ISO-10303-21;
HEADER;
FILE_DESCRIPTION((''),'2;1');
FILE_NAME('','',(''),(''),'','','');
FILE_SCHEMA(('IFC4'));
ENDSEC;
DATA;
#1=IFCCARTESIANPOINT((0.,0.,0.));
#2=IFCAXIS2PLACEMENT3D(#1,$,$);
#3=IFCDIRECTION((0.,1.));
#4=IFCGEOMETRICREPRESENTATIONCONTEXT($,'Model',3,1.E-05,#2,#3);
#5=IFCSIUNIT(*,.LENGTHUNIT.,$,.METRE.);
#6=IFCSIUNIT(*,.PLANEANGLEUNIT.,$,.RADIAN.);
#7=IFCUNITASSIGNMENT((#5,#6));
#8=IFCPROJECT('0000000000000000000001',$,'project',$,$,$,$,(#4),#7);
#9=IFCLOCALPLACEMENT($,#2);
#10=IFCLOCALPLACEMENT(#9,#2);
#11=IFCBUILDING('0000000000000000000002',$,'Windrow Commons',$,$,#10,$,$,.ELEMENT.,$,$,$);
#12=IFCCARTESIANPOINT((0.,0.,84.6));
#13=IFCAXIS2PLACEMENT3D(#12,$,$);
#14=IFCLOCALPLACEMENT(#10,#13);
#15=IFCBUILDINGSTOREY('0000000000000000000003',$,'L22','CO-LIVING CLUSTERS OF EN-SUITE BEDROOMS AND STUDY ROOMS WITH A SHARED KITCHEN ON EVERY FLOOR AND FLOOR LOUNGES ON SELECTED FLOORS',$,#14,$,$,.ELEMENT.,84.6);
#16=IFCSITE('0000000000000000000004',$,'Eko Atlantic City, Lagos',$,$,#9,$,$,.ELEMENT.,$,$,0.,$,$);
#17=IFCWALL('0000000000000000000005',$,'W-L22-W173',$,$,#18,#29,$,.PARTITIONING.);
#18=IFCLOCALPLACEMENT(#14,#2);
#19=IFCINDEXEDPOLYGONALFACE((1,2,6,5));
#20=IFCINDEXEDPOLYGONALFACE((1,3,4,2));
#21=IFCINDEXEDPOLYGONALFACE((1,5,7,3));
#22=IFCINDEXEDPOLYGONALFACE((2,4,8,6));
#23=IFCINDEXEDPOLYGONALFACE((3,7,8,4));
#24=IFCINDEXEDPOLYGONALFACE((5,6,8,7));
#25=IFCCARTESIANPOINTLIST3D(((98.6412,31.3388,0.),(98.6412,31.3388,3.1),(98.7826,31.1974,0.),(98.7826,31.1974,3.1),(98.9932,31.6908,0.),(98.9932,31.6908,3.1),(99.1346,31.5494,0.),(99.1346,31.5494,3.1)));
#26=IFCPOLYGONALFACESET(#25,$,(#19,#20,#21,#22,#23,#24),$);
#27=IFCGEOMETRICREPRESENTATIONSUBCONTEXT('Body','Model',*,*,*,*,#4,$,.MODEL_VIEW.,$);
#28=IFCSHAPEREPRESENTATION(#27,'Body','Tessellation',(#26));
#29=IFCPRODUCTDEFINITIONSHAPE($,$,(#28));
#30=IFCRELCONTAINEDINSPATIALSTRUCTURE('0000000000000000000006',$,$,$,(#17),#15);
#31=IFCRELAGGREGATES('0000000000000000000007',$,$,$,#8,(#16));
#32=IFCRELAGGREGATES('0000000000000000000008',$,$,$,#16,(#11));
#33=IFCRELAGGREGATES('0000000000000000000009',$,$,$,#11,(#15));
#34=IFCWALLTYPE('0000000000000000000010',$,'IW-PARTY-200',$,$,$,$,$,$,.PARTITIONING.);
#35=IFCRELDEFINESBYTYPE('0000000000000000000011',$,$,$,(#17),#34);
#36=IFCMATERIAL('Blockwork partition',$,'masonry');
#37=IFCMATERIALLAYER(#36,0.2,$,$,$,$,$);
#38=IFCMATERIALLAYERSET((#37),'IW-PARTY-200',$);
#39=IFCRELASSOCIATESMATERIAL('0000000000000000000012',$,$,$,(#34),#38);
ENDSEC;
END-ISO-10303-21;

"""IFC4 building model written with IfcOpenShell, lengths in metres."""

from ifc_helpers import new_model, si_unit, direction, frame, frame_2d, origin, place, context, subcontext, project, spatial, rectangle, extrude, material, layer, layer_set, type_object, element, save


model = new_model("IFC4")

# Units and contexts
model_context = context("Model", 3, precision=1e-05, world=origin(), true_north=direction((0.0, 1.0)))
body_context = subcontext(model_context, "Body", "Model", "MODEL_VIEW")
ifc_project = project(units=[si_unit("LENGTHUNIT", "METRE"), si_unit("PLANEANGLEUNIT", "RADIAN")], contexts=[model_context])

# Site, building, storey
site_placement = place(None, origin())
site = spatial("IfcSite", under=ifc_project, at=site_placement, Name="Eko Atlantic City, Lagos", CompositionType="ELEMENT", RefElevation=0.0)
building_placement = place(site_placement, origin())
building = spatial("IfcBuilding", under=site, at=building_placement, Name="Windrow Commons", CompositionType="ELEMENT")
storey_placement = place(building_placement, frame((0.0, 0.0, 84.6)))
storey = spatial("IfcBuildingStorey", under=building, at=storey_placement, Name="L22", Description="CO-LIVING CLUSTERS OF EN-SUITE BEDROOMS AND STUDY ROOMS WITH A SHARED KITCHEN ON EVERY FLOOR AND FLOOR LOUNGES ON SELECTED FLOORS", CompositionType="ELEMENT", Elevation=84.6)

# Wall
ifc_material_1 = material(Name="Blockwork partition", Category="masonry")
ifc_layer_1 = layer(ifc_material_1, 0.2)
ifc_layer_set_1 = layer_set([ifc_layer_1], Name="IW-PARTY-200")
wall_type_1 = type_object("IfcWallType", Name="IW-PARTY-200", PredefinedType="PARTITIONING", material=ifc_layer_set_1)
wall_1_placement = place(storey_placement, frame((98.7119, 31.2681, 0.0), z_axis=(0.0, 0.0, 1.0), x_axis=(0.707107, 0.707107, 0.0)))
element("IfcWall", 1, at=wall_1_placement, inside=storey, type_object=wall_type_1, Name="W-L22-W173", PredefinedType="PARTITIONING", context=body_context, shape_type="SweptSolid", body=[
    extrude(rectangle(XDim=0.4978, YDim=0.2, at=frame_2d((0.2489, 0.0))), origin(), (0.0, 0.0, 1.0), 3.1),
])

save(model, "model.ifc")
